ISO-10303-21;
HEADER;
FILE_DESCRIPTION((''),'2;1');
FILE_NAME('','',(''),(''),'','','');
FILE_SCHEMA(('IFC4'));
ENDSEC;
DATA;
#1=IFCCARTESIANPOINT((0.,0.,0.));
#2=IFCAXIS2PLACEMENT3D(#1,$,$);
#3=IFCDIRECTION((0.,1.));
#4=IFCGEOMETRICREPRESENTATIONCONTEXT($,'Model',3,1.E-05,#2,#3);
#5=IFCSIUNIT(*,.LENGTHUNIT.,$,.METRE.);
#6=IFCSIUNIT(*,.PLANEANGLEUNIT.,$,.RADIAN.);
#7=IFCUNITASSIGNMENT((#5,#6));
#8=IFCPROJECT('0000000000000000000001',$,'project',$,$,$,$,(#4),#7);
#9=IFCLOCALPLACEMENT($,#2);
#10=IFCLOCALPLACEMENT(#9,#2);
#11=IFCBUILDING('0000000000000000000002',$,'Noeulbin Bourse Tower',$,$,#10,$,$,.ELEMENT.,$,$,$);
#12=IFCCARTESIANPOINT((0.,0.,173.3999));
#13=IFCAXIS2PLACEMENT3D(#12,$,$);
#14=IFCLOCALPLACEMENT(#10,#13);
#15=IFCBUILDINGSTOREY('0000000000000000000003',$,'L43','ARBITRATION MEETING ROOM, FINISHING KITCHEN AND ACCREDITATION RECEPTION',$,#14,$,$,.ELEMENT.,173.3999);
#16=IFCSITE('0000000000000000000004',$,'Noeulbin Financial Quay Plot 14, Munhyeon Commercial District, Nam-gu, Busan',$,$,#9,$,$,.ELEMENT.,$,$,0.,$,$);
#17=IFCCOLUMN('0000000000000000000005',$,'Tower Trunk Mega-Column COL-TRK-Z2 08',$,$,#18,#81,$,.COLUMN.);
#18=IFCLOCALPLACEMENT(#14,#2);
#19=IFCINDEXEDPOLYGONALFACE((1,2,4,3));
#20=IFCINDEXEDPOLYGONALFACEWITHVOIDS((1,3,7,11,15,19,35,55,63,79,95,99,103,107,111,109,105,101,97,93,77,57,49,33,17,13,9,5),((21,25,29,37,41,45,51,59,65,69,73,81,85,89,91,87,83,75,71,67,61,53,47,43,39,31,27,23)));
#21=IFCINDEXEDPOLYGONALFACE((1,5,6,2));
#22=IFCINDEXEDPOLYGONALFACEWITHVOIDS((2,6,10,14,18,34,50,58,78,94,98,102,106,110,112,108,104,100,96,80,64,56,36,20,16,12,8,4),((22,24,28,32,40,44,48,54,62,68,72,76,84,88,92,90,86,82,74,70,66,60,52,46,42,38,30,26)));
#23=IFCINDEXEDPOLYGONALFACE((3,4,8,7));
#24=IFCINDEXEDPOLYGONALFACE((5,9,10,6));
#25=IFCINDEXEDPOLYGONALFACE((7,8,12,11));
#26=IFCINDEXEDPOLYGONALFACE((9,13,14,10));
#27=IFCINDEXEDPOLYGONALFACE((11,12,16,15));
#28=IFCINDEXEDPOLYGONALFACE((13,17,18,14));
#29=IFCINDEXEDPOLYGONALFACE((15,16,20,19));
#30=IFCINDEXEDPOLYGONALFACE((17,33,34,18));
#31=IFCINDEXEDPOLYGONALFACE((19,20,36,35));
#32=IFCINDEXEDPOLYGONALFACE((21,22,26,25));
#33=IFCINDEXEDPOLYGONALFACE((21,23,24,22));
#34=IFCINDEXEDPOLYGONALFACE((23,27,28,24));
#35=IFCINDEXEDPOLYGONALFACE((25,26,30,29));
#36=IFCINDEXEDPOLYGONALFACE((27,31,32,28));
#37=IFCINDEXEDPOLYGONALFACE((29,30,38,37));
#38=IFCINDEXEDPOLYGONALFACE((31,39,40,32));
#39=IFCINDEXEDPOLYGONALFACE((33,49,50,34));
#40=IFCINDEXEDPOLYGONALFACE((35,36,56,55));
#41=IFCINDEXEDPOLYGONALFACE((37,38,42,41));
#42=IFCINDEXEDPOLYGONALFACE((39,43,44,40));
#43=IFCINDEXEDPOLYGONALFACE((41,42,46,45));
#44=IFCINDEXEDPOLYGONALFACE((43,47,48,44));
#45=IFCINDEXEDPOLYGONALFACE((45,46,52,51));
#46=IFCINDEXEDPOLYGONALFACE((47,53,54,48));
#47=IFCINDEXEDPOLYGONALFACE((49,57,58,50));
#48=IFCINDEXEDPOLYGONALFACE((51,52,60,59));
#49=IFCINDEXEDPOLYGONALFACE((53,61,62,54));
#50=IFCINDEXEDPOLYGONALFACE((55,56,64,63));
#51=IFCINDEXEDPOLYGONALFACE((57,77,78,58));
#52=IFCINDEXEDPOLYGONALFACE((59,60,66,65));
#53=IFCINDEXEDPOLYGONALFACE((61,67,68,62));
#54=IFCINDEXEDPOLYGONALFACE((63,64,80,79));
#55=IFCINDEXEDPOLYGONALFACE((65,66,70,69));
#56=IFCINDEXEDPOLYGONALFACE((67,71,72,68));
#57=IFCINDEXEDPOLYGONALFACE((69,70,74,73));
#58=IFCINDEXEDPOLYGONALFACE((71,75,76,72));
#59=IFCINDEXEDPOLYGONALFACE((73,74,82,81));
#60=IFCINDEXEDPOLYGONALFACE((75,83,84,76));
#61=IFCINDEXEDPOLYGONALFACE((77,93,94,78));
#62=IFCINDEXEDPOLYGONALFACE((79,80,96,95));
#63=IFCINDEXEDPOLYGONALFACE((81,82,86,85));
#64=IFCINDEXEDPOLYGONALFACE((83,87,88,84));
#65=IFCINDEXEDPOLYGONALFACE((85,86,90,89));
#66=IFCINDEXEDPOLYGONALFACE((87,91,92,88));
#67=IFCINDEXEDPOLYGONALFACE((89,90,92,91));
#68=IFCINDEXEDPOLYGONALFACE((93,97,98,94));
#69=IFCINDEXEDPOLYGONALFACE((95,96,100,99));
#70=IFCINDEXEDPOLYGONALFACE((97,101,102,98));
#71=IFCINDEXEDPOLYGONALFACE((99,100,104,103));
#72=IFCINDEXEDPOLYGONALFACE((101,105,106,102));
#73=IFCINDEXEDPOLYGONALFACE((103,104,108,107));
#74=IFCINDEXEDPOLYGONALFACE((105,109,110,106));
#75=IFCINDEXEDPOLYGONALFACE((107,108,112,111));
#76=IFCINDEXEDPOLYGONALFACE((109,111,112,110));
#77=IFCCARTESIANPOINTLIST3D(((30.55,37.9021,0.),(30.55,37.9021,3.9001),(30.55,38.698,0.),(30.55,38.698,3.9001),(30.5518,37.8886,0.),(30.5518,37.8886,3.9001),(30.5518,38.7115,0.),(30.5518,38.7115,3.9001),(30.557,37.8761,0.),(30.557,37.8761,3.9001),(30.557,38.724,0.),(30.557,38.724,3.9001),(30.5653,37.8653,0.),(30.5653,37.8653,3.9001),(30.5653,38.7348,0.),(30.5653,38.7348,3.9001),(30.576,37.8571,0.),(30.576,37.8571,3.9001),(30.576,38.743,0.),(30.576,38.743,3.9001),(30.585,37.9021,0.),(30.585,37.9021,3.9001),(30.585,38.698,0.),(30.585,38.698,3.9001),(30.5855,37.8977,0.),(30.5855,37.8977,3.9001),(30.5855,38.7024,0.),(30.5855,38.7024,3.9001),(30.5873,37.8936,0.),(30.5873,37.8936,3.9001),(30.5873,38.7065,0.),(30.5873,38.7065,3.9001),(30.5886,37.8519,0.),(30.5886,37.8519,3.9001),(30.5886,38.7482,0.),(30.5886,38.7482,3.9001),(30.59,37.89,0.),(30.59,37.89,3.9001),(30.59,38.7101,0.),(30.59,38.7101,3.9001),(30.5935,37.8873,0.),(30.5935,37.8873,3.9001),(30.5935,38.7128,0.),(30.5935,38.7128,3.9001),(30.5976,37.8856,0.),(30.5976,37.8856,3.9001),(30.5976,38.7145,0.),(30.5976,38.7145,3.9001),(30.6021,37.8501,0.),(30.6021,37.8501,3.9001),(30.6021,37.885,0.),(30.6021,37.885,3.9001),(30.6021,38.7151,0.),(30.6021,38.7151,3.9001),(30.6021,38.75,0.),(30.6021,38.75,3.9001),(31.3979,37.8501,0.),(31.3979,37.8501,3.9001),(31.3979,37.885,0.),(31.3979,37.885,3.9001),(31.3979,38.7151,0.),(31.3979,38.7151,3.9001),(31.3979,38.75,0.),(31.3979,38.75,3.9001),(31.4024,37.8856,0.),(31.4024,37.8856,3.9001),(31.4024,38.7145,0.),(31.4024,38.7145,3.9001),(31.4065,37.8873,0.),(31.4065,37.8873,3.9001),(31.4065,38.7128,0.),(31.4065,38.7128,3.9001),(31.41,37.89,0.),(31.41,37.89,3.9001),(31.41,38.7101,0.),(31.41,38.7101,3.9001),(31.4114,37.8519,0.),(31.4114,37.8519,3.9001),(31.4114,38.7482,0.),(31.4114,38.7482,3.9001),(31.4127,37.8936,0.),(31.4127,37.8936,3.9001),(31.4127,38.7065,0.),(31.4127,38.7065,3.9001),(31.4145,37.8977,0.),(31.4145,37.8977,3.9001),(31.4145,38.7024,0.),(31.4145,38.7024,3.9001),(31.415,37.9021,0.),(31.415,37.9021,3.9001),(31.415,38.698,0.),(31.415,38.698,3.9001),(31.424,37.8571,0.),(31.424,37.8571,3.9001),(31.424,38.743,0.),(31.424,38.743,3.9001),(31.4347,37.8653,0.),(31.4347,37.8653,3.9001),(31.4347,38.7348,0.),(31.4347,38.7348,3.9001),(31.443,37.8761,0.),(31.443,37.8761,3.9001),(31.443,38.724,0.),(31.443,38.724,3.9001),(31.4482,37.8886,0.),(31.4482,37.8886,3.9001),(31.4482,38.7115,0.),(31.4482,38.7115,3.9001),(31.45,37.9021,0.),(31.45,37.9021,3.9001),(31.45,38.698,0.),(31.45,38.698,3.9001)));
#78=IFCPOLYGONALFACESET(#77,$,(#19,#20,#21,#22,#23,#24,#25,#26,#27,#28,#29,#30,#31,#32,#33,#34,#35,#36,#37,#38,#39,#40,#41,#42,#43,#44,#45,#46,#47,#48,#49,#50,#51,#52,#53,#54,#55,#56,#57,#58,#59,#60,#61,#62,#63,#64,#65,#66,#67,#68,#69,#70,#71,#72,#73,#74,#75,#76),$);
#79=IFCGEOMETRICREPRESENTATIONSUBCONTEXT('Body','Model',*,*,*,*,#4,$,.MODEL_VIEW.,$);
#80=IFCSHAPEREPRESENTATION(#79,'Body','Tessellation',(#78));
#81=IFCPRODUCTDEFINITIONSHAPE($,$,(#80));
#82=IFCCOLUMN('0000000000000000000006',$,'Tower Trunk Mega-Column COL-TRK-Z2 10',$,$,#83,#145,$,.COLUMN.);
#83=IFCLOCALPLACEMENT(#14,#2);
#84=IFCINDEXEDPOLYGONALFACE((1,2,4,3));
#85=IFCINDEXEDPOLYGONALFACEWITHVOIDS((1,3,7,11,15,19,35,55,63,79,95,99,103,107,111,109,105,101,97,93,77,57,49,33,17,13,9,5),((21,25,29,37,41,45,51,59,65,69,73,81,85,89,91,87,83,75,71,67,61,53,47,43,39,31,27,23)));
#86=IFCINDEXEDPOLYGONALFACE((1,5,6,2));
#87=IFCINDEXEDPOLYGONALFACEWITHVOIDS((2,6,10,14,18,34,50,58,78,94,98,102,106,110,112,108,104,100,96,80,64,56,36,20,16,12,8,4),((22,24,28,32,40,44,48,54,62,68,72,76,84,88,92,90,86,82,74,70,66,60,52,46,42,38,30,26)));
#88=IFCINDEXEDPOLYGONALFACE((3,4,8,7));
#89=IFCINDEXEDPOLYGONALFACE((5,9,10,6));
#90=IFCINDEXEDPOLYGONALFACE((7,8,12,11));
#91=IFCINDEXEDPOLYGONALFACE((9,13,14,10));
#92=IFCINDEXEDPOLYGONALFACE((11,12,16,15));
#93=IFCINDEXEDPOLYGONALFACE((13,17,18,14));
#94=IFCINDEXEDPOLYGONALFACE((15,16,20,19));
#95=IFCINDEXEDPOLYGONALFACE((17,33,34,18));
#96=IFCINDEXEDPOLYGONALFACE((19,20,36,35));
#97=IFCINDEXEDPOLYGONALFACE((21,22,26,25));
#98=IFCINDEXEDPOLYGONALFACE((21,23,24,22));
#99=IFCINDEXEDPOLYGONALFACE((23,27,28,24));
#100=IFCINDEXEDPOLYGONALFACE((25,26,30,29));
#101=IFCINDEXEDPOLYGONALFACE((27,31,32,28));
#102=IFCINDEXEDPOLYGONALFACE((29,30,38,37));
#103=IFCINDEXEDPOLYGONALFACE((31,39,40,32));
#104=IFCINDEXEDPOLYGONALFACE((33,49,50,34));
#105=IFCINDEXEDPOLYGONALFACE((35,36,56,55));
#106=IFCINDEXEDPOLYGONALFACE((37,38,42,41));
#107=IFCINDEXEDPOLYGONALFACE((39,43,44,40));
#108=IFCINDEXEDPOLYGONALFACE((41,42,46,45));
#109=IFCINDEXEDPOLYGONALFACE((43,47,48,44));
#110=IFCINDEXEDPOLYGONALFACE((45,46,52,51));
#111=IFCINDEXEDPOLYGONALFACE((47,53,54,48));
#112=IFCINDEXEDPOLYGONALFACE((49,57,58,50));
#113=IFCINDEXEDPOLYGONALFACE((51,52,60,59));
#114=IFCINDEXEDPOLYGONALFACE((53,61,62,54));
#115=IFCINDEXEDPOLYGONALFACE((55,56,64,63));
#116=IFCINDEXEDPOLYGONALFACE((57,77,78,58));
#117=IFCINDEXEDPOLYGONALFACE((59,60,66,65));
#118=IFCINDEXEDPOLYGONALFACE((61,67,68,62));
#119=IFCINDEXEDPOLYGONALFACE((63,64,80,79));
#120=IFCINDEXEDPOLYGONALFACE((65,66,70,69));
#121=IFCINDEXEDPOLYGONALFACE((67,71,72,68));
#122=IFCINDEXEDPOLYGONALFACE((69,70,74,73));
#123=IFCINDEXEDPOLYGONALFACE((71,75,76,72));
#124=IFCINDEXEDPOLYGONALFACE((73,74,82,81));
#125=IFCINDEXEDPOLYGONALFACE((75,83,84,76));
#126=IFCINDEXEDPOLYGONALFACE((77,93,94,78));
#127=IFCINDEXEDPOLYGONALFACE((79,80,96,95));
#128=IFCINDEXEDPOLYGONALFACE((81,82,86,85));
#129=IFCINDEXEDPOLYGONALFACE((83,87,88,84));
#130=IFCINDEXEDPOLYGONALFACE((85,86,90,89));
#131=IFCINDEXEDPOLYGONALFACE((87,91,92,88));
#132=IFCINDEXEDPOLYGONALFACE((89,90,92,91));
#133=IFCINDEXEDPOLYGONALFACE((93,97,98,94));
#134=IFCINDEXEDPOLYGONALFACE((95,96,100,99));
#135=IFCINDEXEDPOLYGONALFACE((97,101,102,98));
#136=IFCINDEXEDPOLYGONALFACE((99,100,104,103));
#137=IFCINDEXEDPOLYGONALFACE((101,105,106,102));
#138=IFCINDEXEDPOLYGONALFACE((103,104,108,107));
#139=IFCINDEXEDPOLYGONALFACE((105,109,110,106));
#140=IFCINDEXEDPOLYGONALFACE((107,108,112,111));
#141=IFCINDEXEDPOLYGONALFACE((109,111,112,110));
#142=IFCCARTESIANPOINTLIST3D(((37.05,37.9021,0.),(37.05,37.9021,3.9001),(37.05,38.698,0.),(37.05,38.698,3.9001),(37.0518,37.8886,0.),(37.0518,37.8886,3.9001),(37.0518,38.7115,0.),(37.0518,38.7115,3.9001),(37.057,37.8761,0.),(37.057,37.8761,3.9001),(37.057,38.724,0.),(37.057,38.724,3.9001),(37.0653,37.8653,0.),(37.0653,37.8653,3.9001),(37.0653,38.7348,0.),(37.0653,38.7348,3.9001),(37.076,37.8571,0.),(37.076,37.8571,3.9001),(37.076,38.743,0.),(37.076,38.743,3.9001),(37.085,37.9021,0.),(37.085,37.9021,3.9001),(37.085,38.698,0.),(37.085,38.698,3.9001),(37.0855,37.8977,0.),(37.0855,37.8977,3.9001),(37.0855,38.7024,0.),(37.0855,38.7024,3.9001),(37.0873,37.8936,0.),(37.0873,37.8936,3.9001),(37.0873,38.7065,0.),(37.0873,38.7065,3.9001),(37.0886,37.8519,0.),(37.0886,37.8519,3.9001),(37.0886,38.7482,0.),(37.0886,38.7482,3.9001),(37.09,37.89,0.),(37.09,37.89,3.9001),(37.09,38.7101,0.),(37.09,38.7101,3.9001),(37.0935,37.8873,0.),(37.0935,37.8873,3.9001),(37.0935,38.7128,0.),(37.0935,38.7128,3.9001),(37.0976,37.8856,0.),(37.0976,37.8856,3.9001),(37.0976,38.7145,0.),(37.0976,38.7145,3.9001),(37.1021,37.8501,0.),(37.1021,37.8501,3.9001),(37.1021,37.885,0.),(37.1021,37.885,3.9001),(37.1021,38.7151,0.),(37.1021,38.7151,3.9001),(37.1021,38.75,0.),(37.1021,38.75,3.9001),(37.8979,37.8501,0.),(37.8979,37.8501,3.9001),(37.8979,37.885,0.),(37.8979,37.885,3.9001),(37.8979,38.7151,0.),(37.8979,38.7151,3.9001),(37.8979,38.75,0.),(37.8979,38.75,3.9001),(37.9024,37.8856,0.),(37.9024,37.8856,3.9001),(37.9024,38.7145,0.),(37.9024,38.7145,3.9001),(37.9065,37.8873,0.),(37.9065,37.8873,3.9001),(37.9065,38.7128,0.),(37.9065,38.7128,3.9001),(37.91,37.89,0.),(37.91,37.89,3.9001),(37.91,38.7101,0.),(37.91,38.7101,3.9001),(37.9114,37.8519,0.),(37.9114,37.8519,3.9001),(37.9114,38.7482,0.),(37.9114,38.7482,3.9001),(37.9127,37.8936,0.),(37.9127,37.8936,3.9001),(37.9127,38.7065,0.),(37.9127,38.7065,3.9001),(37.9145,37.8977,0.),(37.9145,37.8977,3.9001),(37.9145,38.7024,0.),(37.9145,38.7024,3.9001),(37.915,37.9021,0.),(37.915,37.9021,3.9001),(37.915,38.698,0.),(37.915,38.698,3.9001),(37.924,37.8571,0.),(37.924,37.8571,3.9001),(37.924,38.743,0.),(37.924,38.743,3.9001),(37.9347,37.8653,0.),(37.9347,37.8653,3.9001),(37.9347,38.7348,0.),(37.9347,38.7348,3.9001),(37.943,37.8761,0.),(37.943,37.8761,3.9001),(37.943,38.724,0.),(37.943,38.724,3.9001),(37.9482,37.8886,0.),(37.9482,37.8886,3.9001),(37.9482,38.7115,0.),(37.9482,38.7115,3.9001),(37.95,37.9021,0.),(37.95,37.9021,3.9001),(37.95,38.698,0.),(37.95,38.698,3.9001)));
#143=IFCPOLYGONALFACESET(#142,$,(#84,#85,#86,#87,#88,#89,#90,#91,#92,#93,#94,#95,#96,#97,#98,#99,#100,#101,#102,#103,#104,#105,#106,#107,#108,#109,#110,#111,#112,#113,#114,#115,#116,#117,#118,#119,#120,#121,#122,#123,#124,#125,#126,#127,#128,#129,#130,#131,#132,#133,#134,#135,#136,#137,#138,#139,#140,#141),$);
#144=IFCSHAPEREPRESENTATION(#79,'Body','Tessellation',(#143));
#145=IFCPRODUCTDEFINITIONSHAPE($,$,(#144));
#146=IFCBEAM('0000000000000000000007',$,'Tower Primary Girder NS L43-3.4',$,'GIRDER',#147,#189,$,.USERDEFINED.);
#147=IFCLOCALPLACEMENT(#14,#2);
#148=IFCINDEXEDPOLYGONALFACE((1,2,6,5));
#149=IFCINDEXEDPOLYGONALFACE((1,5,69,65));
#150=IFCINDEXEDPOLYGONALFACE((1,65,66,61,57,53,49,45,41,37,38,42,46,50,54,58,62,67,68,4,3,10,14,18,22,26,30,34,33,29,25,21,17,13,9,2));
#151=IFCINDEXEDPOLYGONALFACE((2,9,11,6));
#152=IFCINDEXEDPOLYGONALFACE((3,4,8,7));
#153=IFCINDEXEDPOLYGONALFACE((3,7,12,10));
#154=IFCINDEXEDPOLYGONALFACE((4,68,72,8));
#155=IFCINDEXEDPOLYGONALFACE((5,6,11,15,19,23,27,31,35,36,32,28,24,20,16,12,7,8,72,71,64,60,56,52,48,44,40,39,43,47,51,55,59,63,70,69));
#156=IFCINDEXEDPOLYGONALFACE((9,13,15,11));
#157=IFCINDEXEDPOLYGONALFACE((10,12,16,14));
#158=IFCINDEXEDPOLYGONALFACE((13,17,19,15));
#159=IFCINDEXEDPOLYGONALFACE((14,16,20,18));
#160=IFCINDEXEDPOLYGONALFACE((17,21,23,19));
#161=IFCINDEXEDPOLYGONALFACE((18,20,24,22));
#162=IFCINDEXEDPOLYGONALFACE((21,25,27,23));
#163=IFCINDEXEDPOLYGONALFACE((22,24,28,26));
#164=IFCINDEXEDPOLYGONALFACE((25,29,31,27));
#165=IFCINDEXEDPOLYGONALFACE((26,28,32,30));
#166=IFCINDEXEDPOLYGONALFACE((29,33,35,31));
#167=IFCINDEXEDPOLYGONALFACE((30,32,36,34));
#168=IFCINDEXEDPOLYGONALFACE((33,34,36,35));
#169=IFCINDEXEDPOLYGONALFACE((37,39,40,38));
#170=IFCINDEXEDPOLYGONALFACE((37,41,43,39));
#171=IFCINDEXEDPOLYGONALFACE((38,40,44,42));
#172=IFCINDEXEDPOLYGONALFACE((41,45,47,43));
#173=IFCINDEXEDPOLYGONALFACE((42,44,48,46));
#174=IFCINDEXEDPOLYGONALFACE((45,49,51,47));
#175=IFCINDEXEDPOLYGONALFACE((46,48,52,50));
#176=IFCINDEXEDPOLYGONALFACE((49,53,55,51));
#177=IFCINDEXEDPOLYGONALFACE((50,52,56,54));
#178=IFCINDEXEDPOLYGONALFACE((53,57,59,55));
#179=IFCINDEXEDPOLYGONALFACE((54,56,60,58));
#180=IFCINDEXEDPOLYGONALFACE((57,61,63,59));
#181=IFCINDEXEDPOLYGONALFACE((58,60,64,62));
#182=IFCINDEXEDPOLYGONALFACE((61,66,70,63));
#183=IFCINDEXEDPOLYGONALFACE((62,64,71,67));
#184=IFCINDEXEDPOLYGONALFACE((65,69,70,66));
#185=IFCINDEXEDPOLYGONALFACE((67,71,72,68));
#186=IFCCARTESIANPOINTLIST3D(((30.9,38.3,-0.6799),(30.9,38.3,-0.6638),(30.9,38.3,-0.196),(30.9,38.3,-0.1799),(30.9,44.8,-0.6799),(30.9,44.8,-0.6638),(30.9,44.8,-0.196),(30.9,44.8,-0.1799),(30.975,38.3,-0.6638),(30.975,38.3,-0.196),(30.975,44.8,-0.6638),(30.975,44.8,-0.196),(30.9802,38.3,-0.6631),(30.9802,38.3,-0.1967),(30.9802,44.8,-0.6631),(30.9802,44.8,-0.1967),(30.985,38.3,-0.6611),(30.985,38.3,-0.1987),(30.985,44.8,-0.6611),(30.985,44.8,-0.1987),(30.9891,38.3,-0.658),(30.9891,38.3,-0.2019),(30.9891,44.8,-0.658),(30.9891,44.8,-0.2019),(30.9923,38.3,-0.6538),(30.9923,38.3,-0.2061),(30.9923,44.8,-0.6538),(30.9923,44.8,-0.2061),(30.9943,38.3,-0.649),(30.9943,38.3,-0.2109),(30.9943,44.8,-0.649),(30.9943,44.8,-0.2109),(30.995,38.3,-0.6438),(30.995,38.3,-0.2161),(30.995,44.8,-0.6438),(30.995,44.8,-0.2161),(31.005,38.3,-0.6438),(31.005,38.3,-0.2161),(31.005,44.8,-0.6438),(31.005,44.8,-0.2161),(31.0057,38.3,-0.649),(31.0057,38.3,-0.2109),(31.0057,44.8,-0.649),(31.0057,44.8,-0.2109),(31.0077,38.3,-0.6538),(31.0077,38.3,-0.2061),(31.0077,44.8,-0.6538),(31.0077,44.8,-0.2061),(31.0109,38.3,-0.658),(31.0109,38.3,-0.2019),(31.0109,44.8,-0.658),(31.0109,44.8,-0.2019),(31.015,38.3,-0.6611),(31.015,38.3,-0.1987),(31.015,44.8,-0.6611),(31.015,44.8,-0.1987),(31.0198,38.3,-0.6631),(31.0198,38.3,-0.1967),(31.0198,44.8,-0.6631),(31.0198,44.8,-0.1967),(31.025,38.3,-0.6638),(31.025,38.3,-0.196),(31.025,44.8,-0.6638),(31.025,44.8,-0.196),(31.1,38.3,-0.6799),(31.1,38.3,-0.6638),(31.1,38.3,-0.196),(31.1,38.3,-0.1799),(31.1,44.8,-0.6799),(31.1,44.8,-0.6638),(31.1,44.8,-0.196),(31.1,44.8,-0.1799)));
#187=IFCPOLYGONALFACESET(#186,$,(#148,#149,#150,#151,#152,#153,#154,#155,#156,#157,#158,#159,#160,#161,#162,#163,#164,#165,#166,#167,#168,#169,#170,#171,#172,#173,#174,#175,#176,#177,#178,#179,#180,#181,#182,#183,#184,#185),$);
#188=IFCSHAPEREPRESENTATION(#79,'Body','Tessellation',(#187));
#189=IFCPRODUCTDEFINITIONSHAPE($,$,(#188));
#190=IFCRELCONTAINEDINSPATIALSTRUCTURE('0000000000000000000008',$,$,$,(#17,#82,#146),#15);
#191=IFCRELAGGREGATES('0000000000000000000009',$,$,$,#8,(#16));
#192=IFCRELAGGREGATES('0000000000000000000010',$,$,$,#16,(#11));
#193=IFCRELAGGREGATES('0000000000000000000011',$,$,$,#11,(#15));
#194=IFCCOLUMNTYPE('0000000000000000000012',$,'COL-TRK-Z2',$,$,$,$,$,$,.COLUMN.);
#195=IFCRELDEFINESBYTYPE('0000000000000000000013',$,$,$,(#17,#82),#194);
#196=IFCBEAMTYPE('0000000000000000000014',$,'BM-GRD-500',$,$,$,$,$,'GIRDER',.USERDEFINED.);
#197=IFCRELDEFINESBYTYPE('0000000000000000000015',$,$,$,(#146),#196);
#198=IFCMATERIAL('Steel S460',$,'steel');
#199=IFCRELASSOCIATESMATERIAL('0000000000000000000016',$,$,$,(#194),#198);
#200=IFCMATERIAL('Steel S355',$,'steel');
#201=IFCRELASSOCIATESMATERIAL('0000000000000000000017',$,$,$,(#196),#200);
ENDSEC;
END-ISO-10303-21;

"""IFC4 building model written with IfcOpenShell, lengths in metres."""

from ifc_helpers import new_model, si_unit, direction, frame, origin, origin_2d, place, context, subcontext, project, spatial, hollow_rectangle, i_section, extrude, material, material_profile, profile_set, type_object, element, save


model = new_model("IFC4")

# Units and contexts
model_context = context("Model", 3, precision=1e-05, world=origin(), true_north=direction((0.0, 1.0)))
body_context = subcontext(model_context, "Body", "Model", "MODEL_VIEW")
ifc_project = project(units=[si_unit("LENGTHUNIT", "METRE"), si_unit("PLANEANGLEUNIT", "RADIAN")], contexts=[model_context])

# Site, building, storey
site_placement = place(None, origin())
site = spatial("IfcSite", under=ifc_project, at=site_placement, Name="Noeulbin Financial Quay Plot 14, Munhyeon Commercial District, Nam-gu, Busan", CompositionType="ELEMENT", RefElevation=0.0)
building_placement = place(site_placement, origin())
building = spatial("IfcBuilding", under=site, at=building_placement, Name="Noeulbin Bourse Tower", CompositionType="ELEMENT")
storey_placement = place(building_placement, frame((0.0, 0.0, 173.3999)))
storey = spatial("IfcBuildingStorey", under=building, at=storey_placement, Name="L43", Description="ARBITRATION MEETING ROOM, FINISHING KITCHEN AND ACCREDITATION RECEPTION", CompositionType="ELEMENT", Elevation=173.3999)

# Columns
ifc_material_1 = material(Name="Steel S460", Category="steel")
ifc_material_profile_1 = material_profile(ifc_material_1, hollow_rectangle(XDim=0.8999, YDim=0.8999, WallThickness=0.0349, InnerFilletRadius=0.0171, OuterFilletRadius=0.052, at=origin_2d()), Name="BOX-900x900x35", Category="LoadBearing")
ifc_profile_set_1 = profile_set([ifc_material_profile_1], Name="Steel S460")
column_type = type_object("IfcColumnType", Name="COL-TRK-Z2", PredefinedType="COLUMN", material=ifc_profile_set_1)
for number, where, z_axis, x_axis, name in (
    (1, (31.0, 38.3, 0.0), (0.0, 0.0, 1.0), (1.0, 0.0, 0.0), "Tower Trunk Mega-Column COL-TRK-Z2 08"),
    (2, (37.5, 38.3, 0.0), (0.0, 0.0, 1.0), (1.0, 0.0, 0.0), "Tower Trunk Mega-Column COL-TRK-Z2 10"),
):
    element("IfcColumn", number, at=place(storey_placement, frame(where, z_axis=z_axis, x_axis=x_axis)), inside=storey, type_object=column_type, Name=name, PredefinedType="COLUMN", context=body_context, shape_type="SweptSolid", body=[
        extrude(hollow_rectangle(XDim=0.8999, YDim=0.8999, WallThickness=0.0349, InnerFilletRadius=0.0171, OuterFilletRadius=0.052, at=origin_2d()), origin(), (0.0, 0.0, 1.0), 3.9001),
    ])

# Beam
ifc_material_2 = material(Name="Steel S355", Category="steel")
ifc_material_profile_2 = material_profile(ifc_material_2, i_section(OverallWidth=0.2, OverallDepth=0.5, WebThickness=0.01, FlangeThickness=0.0161, FilletRadius=0.02, at=origin_2d()), Name="H-500x200x10x16", Category="LoadBearing")
ifc_profile_set_2 = profile_set([ifc_material_profile_2], Name="Steel S355")
beam_type_1 = type_object("IfcBeamType", Name="BM-GRD-500", ElementType="GIRDER", PredefinedType="USERDEFINED", material=ifc_profile_set_2)
for number, where, z_axis, x_axis, name in (
    (3, (31.0, 38.3, -0.4299), (0.0, 1.0, 0.0), (-1.0, 0.0, 0.0), "Tower Primary Girder NS L43-3.4"),
):
    element("IfcBeam", number, at=place(storey_placement, frame(where, z_axis=z_axis, x_axis=x_axis)), inside=storey, type_object=beam_type_1, Name=name, ObjectType="GIRDER", PredefinedType="USERDEFINED", context=body_context, shape_type="SweptSolid", body=[
        extrude(i_section(OverallWidth=0.2, OverallDepth=0.5, WebThickness=0.01, FlangeThickness=0.0161, FilletRadius=0.02, at=origin_2d()), origin(), (0.0, 0.0, 1.0), 6.5),
    ])

save(model, "model.ifc")
